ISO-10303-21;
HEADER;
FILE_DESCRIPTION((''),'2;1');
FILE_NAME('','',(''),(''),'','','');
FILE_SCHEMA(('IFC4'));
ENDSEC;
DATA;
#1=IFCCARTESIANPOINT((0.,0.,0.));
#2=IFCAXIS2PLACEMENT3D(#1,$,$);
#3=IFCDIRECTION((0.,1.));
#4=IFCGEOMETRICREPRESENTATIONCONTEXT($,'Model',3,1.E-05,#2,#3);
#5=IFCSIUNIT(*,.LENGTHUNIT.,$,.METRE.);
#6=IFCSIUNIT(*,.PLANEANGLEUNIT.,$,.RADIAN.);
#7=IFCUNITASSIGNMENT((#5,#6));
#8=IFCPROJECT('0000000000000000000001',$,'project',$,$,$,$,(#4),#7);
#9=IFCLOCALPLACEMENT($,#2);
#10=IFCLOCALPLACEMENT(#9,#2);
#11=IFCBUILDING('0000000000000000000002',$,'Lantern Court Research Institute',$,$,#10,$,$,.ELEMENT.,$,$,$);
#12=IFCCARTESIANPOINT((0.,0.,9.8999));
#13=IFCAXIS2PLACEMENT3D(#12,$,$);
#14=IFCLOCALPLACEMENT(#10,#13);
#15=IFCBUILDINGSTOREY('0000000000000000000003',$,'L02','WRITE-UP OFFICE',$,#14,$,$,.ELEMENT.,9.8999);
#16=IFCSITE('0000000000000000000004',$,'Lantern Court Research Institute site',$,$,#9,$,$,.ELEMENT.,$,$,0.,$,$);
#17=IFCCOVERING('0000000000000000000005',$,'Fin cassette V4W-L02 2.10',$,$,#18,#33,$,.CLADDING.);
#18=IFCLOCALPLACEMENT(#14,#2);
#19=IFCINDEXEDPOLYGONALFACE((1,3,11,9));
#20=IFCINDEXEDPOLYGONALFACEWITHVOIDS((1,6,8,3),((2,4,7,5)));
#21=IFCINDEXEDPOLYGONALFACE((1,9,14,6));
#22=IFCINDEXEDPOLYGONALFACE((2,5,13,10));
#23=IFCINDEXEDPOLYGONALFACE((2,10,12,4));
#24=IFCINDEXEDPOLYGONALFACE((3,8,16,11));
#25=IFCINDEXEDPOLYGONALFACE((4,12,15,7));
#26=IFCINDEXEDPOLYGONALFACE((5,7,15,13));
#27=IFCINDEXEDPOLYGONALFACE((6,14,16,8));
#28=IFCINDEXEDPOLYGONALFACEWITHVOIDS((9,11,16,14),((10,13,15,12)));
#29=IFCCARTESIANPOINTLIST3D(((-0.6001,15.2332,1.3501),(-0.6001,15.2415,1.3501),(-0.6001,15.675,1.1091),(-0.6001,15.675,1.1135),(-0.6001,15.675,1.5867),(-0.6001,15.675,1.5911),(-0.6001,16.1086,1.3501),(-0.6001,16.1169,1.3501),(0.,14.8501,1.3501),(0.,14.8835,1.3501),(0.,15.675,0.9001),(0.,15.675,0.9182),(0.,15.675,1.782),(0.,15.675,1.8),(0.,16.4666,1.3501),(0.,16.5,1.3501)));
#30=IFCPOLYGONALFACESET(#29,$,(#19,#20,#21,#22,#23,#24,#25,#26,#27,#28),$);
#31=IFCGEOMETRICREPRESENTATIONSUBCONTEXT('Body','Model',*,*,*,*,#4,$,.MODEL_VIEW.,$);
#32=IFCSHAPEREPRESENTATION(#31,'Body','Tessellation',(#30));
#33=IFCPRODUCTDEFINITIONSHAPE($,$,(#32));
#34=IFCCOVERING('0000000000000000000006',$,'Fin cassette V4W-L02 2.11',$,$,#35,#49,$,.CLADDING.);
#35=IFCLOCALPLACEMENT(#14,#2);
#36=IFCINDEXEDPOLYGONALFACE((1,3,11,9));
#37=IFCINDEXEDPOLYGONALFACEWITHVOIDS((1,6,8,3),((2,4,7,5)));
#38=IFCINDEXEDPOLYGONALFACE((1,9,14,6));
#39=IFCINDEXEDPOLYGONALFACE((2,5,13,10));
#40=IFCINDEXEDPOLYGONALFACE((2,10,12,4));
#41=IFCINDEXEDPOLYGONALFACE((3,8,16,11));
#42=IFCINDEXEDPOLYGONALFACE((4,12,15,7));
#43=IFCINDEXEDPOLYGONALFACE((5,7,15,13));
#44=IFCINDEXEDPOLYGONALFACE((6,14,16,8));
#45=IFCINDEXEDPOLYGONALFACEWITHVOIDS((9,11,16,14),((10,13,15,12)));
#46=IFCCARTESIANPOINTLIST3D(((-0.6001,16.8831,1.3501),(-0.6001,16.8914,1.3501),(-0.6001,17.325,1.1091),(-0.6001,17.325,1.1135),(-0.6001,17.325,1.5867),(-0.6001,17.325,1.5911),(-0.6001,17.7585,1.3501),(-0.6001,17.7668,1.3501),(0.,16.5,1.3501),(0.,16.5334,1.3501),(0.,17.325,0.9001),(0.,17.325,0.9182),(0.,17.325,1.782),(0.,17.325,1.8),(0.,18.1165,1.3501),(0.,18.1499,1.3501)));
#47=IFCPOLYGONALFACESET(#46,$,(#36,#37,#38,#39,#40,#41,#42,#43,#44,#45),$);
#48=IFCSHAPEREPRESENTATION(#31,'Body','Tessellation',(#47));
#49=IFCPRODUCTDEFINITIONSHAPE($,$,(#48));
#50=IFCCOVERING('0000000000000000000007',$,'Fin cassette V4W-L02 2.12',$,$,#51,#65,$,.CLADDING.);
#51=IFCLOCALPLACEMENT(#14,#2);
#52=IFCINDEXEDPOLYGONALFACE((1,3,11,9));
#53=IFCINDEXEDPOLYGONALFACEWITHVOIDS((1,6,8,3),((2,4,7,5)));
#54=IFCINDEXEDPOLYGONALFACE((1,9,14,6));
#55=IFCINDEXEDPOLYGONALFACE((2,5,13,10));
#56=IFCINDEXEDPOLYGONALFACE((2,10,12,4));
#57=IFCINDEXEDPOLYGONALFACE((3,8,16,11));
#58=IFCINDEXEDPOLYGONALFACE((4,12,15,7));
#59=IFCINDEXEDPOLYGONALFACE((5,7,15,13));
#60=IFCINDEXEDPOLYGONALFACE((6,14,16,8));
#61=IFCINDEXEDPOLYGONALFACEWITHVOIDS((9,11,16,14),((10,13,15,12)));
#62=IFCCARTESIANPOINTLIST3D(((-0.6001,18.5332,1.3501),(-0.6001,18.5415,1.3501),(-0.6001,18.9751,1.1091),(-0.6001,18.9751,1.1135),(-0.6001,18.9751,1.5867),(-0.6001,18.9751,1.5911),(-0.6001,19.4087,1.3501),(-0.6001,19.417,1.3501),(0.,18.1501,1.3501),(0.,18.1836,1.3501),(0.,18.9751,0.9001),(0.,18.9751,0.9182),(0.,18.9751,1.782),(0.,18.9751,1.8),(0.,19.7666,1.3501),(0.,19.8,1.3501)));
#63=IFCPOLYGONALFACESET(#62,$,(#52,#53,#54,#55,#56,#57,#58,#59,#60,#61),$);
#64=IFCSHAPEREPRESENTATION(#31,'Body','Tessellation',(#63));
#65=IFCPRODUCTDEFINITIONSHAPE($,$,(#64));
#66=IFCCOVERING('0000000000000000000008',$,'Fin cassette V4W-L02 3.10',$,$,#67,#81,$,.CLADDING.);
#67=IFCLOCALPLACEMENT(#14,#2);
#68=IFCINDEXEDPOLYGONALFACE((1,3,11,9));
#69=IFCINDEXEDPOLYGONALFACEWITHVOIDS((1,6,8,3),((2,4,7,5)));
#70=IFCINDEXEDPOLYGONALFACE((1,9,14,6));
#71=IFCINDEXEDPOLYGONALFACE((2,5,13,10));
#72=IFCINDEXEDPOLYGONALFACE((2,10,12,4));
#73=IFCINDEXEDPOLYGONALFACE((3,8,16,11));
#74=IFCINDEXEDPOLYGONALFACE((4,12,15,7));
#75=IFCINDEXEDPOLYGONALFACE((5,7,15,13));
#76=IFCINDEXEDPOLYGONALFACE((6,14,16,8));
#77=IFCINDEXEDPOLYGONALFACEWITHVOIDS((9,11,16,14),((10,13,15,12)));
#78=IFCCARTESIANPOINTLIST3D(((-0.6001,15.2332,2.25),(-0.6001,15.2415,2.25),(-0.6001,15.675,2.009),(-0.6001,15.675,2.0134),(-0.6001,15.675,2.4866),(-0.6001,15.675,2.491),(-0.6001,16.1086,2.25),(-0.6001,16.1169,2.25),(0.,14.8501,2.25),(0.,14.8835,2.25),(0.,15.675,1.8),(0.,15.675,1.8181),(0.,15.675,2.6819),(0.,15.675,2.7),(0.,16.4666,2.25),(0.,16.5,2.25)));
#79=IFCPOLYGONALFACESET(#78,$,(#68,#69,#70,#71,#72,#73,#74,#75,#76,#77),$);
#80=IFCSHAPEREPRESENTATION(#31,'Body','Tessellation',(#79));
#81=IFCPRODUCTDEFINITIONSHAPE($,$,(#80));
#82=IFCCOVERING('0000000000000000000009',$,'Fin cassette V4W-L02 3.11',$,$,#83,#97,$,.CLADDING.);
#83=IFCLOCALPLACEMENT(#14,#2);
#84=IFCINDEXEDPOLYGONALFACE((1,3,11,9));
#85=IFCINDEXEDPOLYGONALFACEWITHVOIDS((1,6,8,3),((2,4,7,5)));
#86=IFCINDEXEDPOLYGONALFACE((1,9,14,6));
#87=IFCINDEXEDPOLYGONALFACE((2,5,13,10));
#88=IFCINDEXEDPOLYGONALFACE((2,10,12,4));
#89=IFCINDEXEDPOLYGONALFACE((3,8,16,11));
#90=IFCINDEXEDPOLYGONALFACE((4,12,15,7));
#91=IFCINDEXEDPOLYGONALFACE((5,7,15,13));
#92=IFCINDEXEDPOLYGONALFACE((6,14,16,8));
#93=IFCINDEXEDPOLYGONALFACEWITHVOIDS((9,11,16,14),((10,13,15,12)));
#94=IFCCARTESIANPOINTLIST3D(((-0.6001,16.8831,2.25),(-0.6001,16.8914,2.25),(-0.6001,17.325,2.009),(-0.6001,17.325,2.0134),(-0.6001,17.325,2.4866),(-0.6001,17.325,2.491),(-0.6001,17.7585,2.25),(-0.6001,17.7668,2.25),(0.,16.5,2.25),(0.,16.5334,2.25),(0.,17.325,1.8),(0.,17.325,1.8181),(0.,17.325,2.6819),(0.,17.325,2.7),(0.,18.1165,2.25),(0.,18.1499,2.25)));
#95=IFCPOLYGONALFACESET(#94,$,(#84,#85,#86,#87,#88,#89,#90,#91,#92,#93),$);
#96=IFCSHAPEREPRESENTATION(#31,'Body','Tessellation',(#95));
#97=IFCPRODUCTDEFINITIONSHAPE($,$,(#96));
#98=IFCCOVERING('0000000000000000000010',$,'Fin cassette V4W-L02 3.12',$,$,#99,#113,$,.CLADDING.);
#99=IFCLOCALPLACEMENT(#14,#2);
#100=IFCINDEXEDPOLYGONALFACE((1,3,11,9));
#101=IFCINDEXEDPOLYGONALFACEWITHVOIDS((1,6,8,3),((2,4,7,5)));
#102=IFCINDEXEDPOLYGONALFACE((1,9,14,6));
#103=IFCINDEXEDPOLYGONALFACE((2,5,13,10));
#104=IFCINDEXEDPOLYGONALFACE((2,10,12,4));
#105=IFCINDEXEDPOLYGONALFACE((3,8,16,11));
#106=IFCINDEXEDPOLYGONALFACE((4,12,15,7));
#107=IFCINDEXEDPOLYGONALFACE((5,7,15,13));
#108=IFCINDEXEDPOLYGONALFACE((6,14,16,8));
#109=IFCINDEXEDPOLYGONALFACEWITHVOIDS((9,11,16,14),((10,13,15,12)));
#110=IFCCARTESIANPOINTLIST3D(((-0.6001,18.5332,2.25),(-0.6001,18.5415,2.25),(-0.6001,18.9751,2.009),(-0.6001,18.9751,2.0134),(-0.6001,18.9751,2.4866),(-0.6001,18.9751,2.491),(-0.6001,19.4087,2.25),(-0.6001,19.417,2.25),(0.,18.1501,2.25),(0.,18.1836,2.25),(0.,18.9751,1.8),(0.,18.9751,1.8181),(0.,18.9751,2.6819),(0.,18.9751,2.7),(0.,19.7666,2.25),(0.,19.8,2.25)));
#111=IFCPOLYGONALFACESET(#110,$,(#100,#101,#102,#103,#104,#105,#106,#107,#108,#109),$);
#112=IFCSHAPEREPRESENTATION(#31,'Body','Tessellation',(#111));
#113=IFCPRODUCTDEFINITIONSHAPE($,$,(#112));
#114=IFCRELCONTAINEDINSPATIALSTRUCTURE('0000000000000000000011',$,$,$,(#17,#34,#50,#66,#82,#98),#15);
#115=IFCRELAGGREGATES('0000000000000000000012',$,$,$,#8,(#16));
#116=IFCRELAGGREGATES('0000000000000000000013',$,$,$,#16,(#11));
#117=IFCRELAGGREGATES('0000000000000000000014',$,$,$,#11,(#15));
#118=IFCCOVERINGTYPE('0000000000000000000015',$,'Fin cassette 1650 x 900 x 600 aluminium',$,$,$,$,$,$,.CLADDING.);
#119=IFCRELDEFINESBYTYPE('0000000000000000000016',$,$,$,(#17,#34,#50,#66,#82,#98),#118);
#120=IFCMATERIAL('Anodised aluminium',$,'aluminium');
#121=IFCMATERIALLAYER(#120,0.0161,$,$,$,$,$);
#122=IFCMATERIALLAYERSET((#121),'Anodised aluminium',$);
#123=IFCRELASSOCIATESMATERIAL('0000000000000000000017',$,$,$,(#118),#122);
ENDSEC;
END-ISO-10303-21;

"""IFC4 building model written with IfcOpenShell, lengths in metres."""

from ifc_helpers import new_model, entity, si_unit, direction, frame, origin, place, context, subcontext, project, spatial, material, layer, layer_set, type_object, element, save


model = new_model("IFC4")

# Units and contexts
model_context = context("Model", 3, precision=1e-05, world=origin(), true_north=direction((0.0, 1.0)))
body_context = subcontext(model_context, "Body", "Model", "MODEL_VIEW")
ifc_project = project(units=[si_unit("LENGTHUNIT", "METRE"), si_unit("PLANEANGLEUNIT", "RADIAN")], contexts=[model_context])

# Site, building, storey
site_placement = place(None, origin())
site = spatial("IfcSite", under=ifc_project, at=site_placement, Name="Lantern Court Research Institute site", CompositionType="ELEMENT", RefElevation=0.0)
building_placement = place(site_placement, origin())
building = spatial("IfcBuilding", under=site, at=building_placement, Name="Lantern Court Research Institute", CompositionType="ELEMENT")
storey_placement = place(building_placement, frame((0.0, 0.0, 9.8999)))
storey = spatial("IfcBuildingStorey", under=building, at=storey_placement, Name="L02", Description="WRITE-UP OFFICE", CompositionType="ELEMENT", Elevation=9.8999)

# Coverings
ifc_material_1 = material(Name="Anodised aluminium", Category="aluminium")
ifc_layer_1 = layer(ifc_material_1, 0.0161)
ifc_layer_set_1 = layer_set([ifc_layer_1], Name="Anodised aluminium")
covering_type = type_object("IfcCoveringType", Name="Fin cassette 1650 x 900 x 600 aluminium", PredefinedType="CLADDING", material=ifc_layer_set_1)
covering_1_placement = place(storey_placement, frame((0.0, 15.675, 1.3501), z_axis=(-1.0, 0.0, 0.0), x_axis=(0.0, -1.0, 0.0)))
cartesian_point_1 = entity("IfcCartesianPoint", [0.825, 0.0])
cartesian_point_2 = entity("IfcCartesianPoint", [0.7915, 0.0])
cartesian_point_3 = entity("IfcCartesianPoint", [0.4419, 0.0])
cartesian_point_4 = entity("IfcCartesianPoint", [0.4336, 0.0])
element("IfcCovering", 1, at=covering_1_placement, inside=storey, type_object=covering_type, Name="Fin cassette V4W-L02 2.10", PredefinedType="CLADDING", context=body_context, shape_type="SweptSolid", body=[
    entity("IfcExtrudedAreaSolidTapered", entity("IfcArbitraryProfileDefWithVoids", "AREA", None, entity("IfcPolyline", [cartesian_point_1, entity("IfcCartesianPoint", [0.0, 0.45]), entity("IfcCartesianPoint", [-0.825, 0.0]), entity("IfcCartesianPoint", [0.0, -0.45]), cartesian_point_1]), [entity("IfcPolyline", [cartesian_point_2, entity("IfcCartesianPoint", [0.0, 0.4319]), entity("IfcCartesianPoint", [-0.7915, 0.0]), entity("IfcCartesianPoint", [0.0, -0.4319]), cartesian_point_2])]), entity("IfcAxis2Placement3D", entity("IfcCartesianPoint", [0.0, 0.0, 0.0])), entity("IfcDirection", [0.0, 0.0, 1.0]), 0.6001, entity("IfcArbitraryProfileDefWithVoids", "AREA", None, entity("IfcPolyline", [cartesian_point_3, entity("IfcCartesianPoint", [0.0, 0.241]), entity("IfcCartesianPoint", [-0.4419, 0.0]), entity("IfcCartesianPoint", [0.0, -0.241]), cartesian_point_3]), [entity("IfcPolyline", [cartesian_point_4, entity("IfcCartesianPoint", [0.0, 0.2366]), entity("IfcCartesianPoint", [-0.4336, 0.0]), entity("IfcCartesianPoint", [0.0, -0.2366]), cartesian_point_4])])),
])
covering_2_placement = place(storey_placement, frame((0.0, 17.325, 1.3501), z_axis=(-1.0, 0.0, 0.0), x_axis=(0.0, -1.0, 0.0)))
cartesian_point_5 = entity("IfcCartesianPoint", [0.825, 0.0])
cartesian_point_6 = entity("IfcCartesianPoint", [0.7915, 0.0])
cartesian_point_7 = entity("IfcCartesianPoint", [0.4419, 0.0])
cartesian_point_8 = entity("IfcCartesianPoint", [0.4336, 0.0])
element("IfcCovering", 2, at=covering_2_placement, inside=storey, type_object=covering_type, Name="Fin cassette V4W-L02 2.11", PredefinedType="CLADDING", context=body_context, shape_type="SweptSolid", body=[
    entity("IfcExtrudedAreaSolidTapered", entity("IfcArbitraryProfileDefWithVoids", "AREA", None, entity("IfcPolyline", [cartesian_point_5, entity("IfcCartesianPoint", [0.0, 0.45]), entity("IfcCartesianPoint", [-0.825, 0.0]), entity("IfcCartesianPoint", [0.0, -0.45]), cartesian_point_5]), [entity("IfcPolyline", [cartesian_point_6, entity("IfcCartesianPoint", [0.0, 0.4319]), entity("IfcCartesianPoint", [-0.7915, 0.0]), entity("IfcCartesianPoint", [0.0, -0.4319]), cartesian_point_6])]), entity("IfcAxis2Placement3D", entity("IfcCartesianPoint", [0.0, 0.0, 0.0])), entity("IfcDirection", [0.0, 0.0, 1.0]), 0.6001, entity("IfcArbitraryProfileDefWithVoids", "AREA", None, entity("IfcPolyline", [cartesian_point_7, entity("IfcCartesianPoint", [0.0, 0.241]), entity("IfcCartesianPoint", [-0.4419, 0.0]), entity("IfcCartesianPoint", [0.0, -0.241]), cartesian_point_7]), [entity("IfcPolyline", [cartesian_point_8, entity("IfcCartesianPoint", [0.0, 0.2366]), entity("IfcCartesianPoint", [-0.4336, 0.0]), entity("IfcCartesianPoint", [0.0, -0.2366]), cartesian_point_8])])),
])
covering_3_placement = place(storey_placement, frame((0.0, 18.9751, 1.3501), z_axis=(-1.0, 0.0, 0.0), x_axis=(0.0, -1.0, 0.0)))
cartesian_point_9 = entity("IfcCartesianPoint", [0.825, 0.0])
cartesian_point_10 = entity("IfcCartesianPoint", [0.7915, 0.0])
cartesian_point_11 = entity("IfcCartesianPoint", [0.4419, 0.0])
cartesian_point_12 = entity("IfcCartesianPoint", [0.4336, 0.0])
element("IfcCovering", 3, at=covering_3_placement, inside=storey, type_object=covering_type, Name="Fin cassette V4W-L02 2.12", PredefinedType="CLADDING", context=body_context, shape_type="SweptSolid", body=[
    entity("IfcExtrudedAreaSolidTapered", entity("IfcArbitraryProfileDefWithVoids", "AREA", None, entity("IfcPolyline", [cartesian_point_9, entity("IfcCartesianPoint", [0.0, 0.45]), entity("IfcCartesianPoint", [-0.825, 0.0]), entity("IfcCartesianPoint", [0.0, -0.45]), cartesian_point_9]), [entity("IfcPolyline", [cartesian_point_10, entity("IfcCartesianPoint", [0.0, 0.4319]), entity("IfcCartesianPoint", [-0.7915, 0.0]), entity("IfcCartesianPoint", [0.0, -0.4319]), cartesian_point_10])]), entity("IfcAxis2Placement3D", entity("IfcCartesianPoint", [0.0, 0.0, 0.0])), entity("IfcDirection", [0.0, 0.0, 1.0]), 0.6001, entity("IfcArbitraryProfileDefWithVoids", "AREA", None, entity("IfcPolyline", [cartesian_point_11, entity("IfcCartesianPoint", [0.0, 0.241]), entity("IfcCartesianPoint", [-0.4419, 0.0]), entity("IfcCartesianPoint", [0.0, -0.241]), cartesian_point_11]), [entity("IfcPolyline", [cartesian_point_12, entity("IfcCartesianPoint", [0.0, 0.2366]), entity("IfcCartesianPoint", [-0.4336, 0.0]), entity("IfcCartesianPoint", [0.0, -0.2366]), cartesian_point_12])])),
])
covering_4_placement = place(storey_placement, frame((0.0, 15.675, 2.25), z_axis=(-1.0, 0.0, 0.0), x_axis=(0.0, -1.0, 0.0)))
cartesian_point_13 = entity("IfcCartesianPoint", [0.825, 0.0])
cartesian_point_14 = entity("IfcCartesianPoint", [0.7915, 0.0])
cartesian_point_15 = entity("IfcCartesianPoint", [0.4419, 0.0])
cartesian_point_16 = entity("IfcCartesianPoint", [0.4336, 0.0])
element("IfcCovering", 4, at=covering_4_placement, inside=storey, type_object=covering_type, Name="Fin cassette V4W-L02 3.10", PredefinedType="CLADDING", context=body_context, shape_type="SweptSolid", body=[
    entity("IfcExtrudedAreaSolidTapered", entity("IfcArbitraryProfileDefWithVoids", "AREA", None, entity("IfcPolyline", [cartesian_point_13, entity("IfcCartesianPoint", [0.0, 0.45]), entity("IfcCartesianPoint", [-0.825, 0.0]), entity("IfcCartesianPoint", [0.0, -0.45]), cartesian_point_13]), [entity("IfcPolyline", [cartesian_point_14, entity("IfcCartesianPoint", [0.0, 0.4319]), entity("IfcCartesianPoint", [-0.7915, 0.0]), entity("IfcCartesianPoint", [0.0, -0.4319]), cartesian_point_14])]), entity("IfcAxis2Placement3D", entity("IfcCartesianPoint", [0.0, 0.0, 0.0])), entity("IfcDirection", [0.0, 0.0, 1.0]), 0.6001, entity("IfcArbitraryProfileDefWithVoids", "AREA", None, entity("IfcPolyline", [cartesian_point_15, entity("IfcCartesianPoint", [0.0, 0.241]), entity("IfcCartesianPoint", [-0.4419, 0.0]), entity("IfcCartesianPoint", [0.0, -0.241]), cartesian_point_15]), [entity("IfcPolyline", [cartesian_point_16, entity("IfcCartesianPoint", [0.0, 0.2366]), entity("IfcCartesianPoint", [-0.4336, 0.0]), entity("IfcCartesianPoint", [0.0, -0.2366]), cartesian_point_16])])),
])
covering_5_placement = place(storey_placement, frame((0.0, 17.325, 2.25), z_axis=(-1.0, 0.0, 0.0), x_axis=(0.0, -1.0, 0.0)))
cartesian_point_17 = entity("IfcCartesianPoint", [0.825, 0.0])
cartesian_point_18 = entity("IfcCartesianPoint", [0.7915, 0.0])
cartesian_point_19 = entity("IfcCartesianPoint", [0.4419, 0.0])
cartesian_point_20 = entity("IfcCartesianPoint", [0.4336, 0.0])
element("IfcCovering", 5, at=covering_5_placement, inside=storey, type_object=covering_type, Name="Fin cassette V4W-L02 3.11", PredefinedType="CLADDING", context=body_context, shape_type="SweptSolid", body=[
    entity("IfcExtrudedAreaSolidTapered", entity("IfcArbitraryProfileDefWithVoids", "AREA", None, entity("IfcPolyline", [cartesian_point_17, entity("IfcCartesianPoint", [0.0, 0.45]), entity("IfcCartesianPoint", [-0.825, 0.0]), entity("IfcCartesianPoint", [0.0, -0.45]), cartesian_point_17]), [entity("IfcPolyline", [cartesian_point_18, entity("IfcCartesianPoint", [0.0, 0.4319]), entity("IfcCartesianPoint", [-0.7915, 0.0]), entity("IfcCartesianPoint", [0.0, -0.4319]), cartesian_point_18])]), entity("IfcAxis2Placement3D", entity("IfcCartesianPoint", [0.0, 0.0, 0.0])), entity("IfcDirection", [0.0, 0.0, 1.0]), 0.6001, entity("IfcArbitraryProfileDefWithVoids", "AREA", None, entity("IfcPolyline", [cartesian_point_19, entity("IfcCartesianPoint", [0.0, 0.241]), entity("IfcCartesianPoint", [-0.4419, 0.0]), entity("IfcCartesianPoint", [0.0, -0.241]), cartesian_point_19]), [entity("IfcPolyline", [cartesian_point_20, entity("IfcCartesianPoint", [0.0, 0.2366]), entity("IfcCartesianPoint", [-0.4336, 0.0]), entity("IfcCartesianPoint", [0.0, -0.2366]), cartesian_point_20])])),
])
covering_6_placement = place(storey_placement, frame((0.0, 18.9751, 2.25), z_axis=(-1.0, 0.0, 0.0), x_axis=(0.0, -1.0, 0.0)))
cartesian_point_21 = entity("IfcCartesianPoint", [0.825, 0.0])
cartesian_point_22 = entity("IfcCartesianPoint", [0.7915, 0.0])
cartesian_point_23 = entity("IfcCartesianPoint", [0.4419, 0.0])
cartesian_point_24 = entity("IfcCartesianPoint", [0.4336, 0.0])
element("IfcCovering", 6, at=covering_6_placement, inside=storey, type_object=covering_type, Name="Fin cassette V4W-L02 3.12", PredefinedType="CLADDING", context=body_context, shape_type="SweptSolid", body=[
    entity("IfcExtrudedAreaSolidTapered", entity("IfcArbitraryProfileDefWithVoids", "AREA", None, entity("IfcPolyline", [cartesian_point_21, entity("IfcCartesianPoint", [0.0, 0.45]), entity("IfcCartesianPoint", [-0.825, 0.0]), entity("IfcCartesianPoint", [0.0, -0.45]), cartesian_point_21]), [entity("IfcPolyline", [cartesian_point_22, entity("IfcCartesianPoint", [0.0, 0.4319]), entity("IfcCartesianPoint", [-0.7915, 0.0]), entity("IfcCartesianPoint", [0.0, -0.4319]), cartesian_point_22])]), entity("IfcAxis2Placement3D", entity("IfcCartesianPoint", [0.0, 0.0, 0.0])), entity("IfcDirection", [0.0, 0.0, 1.0]), 0.6001, entity("IfcArbitraryProfileDefWithVoids", "AREA", None, entity("IfcPolyline", [cartesian_point_23, entity("IfcCartesianPoint", [0.0, 0.241]), entity("IfcCartesianPoint", [-0.4419, 0.0]), entity("IfcCartesianPoint", [0.0, -0.241]), cartesian_point_23]), [entity("IfcPolyline", [cartesian_point_24, entity("IfcCartesianPoint", [0.0, 0.2366]), entity("IfcCartesianPoint", [-0.4336, 0.0]), entity("IfcCartesianPoint", [0.0, -0.2366]), cartesian_point_24])])),
])

save(model, "model.ifc")
